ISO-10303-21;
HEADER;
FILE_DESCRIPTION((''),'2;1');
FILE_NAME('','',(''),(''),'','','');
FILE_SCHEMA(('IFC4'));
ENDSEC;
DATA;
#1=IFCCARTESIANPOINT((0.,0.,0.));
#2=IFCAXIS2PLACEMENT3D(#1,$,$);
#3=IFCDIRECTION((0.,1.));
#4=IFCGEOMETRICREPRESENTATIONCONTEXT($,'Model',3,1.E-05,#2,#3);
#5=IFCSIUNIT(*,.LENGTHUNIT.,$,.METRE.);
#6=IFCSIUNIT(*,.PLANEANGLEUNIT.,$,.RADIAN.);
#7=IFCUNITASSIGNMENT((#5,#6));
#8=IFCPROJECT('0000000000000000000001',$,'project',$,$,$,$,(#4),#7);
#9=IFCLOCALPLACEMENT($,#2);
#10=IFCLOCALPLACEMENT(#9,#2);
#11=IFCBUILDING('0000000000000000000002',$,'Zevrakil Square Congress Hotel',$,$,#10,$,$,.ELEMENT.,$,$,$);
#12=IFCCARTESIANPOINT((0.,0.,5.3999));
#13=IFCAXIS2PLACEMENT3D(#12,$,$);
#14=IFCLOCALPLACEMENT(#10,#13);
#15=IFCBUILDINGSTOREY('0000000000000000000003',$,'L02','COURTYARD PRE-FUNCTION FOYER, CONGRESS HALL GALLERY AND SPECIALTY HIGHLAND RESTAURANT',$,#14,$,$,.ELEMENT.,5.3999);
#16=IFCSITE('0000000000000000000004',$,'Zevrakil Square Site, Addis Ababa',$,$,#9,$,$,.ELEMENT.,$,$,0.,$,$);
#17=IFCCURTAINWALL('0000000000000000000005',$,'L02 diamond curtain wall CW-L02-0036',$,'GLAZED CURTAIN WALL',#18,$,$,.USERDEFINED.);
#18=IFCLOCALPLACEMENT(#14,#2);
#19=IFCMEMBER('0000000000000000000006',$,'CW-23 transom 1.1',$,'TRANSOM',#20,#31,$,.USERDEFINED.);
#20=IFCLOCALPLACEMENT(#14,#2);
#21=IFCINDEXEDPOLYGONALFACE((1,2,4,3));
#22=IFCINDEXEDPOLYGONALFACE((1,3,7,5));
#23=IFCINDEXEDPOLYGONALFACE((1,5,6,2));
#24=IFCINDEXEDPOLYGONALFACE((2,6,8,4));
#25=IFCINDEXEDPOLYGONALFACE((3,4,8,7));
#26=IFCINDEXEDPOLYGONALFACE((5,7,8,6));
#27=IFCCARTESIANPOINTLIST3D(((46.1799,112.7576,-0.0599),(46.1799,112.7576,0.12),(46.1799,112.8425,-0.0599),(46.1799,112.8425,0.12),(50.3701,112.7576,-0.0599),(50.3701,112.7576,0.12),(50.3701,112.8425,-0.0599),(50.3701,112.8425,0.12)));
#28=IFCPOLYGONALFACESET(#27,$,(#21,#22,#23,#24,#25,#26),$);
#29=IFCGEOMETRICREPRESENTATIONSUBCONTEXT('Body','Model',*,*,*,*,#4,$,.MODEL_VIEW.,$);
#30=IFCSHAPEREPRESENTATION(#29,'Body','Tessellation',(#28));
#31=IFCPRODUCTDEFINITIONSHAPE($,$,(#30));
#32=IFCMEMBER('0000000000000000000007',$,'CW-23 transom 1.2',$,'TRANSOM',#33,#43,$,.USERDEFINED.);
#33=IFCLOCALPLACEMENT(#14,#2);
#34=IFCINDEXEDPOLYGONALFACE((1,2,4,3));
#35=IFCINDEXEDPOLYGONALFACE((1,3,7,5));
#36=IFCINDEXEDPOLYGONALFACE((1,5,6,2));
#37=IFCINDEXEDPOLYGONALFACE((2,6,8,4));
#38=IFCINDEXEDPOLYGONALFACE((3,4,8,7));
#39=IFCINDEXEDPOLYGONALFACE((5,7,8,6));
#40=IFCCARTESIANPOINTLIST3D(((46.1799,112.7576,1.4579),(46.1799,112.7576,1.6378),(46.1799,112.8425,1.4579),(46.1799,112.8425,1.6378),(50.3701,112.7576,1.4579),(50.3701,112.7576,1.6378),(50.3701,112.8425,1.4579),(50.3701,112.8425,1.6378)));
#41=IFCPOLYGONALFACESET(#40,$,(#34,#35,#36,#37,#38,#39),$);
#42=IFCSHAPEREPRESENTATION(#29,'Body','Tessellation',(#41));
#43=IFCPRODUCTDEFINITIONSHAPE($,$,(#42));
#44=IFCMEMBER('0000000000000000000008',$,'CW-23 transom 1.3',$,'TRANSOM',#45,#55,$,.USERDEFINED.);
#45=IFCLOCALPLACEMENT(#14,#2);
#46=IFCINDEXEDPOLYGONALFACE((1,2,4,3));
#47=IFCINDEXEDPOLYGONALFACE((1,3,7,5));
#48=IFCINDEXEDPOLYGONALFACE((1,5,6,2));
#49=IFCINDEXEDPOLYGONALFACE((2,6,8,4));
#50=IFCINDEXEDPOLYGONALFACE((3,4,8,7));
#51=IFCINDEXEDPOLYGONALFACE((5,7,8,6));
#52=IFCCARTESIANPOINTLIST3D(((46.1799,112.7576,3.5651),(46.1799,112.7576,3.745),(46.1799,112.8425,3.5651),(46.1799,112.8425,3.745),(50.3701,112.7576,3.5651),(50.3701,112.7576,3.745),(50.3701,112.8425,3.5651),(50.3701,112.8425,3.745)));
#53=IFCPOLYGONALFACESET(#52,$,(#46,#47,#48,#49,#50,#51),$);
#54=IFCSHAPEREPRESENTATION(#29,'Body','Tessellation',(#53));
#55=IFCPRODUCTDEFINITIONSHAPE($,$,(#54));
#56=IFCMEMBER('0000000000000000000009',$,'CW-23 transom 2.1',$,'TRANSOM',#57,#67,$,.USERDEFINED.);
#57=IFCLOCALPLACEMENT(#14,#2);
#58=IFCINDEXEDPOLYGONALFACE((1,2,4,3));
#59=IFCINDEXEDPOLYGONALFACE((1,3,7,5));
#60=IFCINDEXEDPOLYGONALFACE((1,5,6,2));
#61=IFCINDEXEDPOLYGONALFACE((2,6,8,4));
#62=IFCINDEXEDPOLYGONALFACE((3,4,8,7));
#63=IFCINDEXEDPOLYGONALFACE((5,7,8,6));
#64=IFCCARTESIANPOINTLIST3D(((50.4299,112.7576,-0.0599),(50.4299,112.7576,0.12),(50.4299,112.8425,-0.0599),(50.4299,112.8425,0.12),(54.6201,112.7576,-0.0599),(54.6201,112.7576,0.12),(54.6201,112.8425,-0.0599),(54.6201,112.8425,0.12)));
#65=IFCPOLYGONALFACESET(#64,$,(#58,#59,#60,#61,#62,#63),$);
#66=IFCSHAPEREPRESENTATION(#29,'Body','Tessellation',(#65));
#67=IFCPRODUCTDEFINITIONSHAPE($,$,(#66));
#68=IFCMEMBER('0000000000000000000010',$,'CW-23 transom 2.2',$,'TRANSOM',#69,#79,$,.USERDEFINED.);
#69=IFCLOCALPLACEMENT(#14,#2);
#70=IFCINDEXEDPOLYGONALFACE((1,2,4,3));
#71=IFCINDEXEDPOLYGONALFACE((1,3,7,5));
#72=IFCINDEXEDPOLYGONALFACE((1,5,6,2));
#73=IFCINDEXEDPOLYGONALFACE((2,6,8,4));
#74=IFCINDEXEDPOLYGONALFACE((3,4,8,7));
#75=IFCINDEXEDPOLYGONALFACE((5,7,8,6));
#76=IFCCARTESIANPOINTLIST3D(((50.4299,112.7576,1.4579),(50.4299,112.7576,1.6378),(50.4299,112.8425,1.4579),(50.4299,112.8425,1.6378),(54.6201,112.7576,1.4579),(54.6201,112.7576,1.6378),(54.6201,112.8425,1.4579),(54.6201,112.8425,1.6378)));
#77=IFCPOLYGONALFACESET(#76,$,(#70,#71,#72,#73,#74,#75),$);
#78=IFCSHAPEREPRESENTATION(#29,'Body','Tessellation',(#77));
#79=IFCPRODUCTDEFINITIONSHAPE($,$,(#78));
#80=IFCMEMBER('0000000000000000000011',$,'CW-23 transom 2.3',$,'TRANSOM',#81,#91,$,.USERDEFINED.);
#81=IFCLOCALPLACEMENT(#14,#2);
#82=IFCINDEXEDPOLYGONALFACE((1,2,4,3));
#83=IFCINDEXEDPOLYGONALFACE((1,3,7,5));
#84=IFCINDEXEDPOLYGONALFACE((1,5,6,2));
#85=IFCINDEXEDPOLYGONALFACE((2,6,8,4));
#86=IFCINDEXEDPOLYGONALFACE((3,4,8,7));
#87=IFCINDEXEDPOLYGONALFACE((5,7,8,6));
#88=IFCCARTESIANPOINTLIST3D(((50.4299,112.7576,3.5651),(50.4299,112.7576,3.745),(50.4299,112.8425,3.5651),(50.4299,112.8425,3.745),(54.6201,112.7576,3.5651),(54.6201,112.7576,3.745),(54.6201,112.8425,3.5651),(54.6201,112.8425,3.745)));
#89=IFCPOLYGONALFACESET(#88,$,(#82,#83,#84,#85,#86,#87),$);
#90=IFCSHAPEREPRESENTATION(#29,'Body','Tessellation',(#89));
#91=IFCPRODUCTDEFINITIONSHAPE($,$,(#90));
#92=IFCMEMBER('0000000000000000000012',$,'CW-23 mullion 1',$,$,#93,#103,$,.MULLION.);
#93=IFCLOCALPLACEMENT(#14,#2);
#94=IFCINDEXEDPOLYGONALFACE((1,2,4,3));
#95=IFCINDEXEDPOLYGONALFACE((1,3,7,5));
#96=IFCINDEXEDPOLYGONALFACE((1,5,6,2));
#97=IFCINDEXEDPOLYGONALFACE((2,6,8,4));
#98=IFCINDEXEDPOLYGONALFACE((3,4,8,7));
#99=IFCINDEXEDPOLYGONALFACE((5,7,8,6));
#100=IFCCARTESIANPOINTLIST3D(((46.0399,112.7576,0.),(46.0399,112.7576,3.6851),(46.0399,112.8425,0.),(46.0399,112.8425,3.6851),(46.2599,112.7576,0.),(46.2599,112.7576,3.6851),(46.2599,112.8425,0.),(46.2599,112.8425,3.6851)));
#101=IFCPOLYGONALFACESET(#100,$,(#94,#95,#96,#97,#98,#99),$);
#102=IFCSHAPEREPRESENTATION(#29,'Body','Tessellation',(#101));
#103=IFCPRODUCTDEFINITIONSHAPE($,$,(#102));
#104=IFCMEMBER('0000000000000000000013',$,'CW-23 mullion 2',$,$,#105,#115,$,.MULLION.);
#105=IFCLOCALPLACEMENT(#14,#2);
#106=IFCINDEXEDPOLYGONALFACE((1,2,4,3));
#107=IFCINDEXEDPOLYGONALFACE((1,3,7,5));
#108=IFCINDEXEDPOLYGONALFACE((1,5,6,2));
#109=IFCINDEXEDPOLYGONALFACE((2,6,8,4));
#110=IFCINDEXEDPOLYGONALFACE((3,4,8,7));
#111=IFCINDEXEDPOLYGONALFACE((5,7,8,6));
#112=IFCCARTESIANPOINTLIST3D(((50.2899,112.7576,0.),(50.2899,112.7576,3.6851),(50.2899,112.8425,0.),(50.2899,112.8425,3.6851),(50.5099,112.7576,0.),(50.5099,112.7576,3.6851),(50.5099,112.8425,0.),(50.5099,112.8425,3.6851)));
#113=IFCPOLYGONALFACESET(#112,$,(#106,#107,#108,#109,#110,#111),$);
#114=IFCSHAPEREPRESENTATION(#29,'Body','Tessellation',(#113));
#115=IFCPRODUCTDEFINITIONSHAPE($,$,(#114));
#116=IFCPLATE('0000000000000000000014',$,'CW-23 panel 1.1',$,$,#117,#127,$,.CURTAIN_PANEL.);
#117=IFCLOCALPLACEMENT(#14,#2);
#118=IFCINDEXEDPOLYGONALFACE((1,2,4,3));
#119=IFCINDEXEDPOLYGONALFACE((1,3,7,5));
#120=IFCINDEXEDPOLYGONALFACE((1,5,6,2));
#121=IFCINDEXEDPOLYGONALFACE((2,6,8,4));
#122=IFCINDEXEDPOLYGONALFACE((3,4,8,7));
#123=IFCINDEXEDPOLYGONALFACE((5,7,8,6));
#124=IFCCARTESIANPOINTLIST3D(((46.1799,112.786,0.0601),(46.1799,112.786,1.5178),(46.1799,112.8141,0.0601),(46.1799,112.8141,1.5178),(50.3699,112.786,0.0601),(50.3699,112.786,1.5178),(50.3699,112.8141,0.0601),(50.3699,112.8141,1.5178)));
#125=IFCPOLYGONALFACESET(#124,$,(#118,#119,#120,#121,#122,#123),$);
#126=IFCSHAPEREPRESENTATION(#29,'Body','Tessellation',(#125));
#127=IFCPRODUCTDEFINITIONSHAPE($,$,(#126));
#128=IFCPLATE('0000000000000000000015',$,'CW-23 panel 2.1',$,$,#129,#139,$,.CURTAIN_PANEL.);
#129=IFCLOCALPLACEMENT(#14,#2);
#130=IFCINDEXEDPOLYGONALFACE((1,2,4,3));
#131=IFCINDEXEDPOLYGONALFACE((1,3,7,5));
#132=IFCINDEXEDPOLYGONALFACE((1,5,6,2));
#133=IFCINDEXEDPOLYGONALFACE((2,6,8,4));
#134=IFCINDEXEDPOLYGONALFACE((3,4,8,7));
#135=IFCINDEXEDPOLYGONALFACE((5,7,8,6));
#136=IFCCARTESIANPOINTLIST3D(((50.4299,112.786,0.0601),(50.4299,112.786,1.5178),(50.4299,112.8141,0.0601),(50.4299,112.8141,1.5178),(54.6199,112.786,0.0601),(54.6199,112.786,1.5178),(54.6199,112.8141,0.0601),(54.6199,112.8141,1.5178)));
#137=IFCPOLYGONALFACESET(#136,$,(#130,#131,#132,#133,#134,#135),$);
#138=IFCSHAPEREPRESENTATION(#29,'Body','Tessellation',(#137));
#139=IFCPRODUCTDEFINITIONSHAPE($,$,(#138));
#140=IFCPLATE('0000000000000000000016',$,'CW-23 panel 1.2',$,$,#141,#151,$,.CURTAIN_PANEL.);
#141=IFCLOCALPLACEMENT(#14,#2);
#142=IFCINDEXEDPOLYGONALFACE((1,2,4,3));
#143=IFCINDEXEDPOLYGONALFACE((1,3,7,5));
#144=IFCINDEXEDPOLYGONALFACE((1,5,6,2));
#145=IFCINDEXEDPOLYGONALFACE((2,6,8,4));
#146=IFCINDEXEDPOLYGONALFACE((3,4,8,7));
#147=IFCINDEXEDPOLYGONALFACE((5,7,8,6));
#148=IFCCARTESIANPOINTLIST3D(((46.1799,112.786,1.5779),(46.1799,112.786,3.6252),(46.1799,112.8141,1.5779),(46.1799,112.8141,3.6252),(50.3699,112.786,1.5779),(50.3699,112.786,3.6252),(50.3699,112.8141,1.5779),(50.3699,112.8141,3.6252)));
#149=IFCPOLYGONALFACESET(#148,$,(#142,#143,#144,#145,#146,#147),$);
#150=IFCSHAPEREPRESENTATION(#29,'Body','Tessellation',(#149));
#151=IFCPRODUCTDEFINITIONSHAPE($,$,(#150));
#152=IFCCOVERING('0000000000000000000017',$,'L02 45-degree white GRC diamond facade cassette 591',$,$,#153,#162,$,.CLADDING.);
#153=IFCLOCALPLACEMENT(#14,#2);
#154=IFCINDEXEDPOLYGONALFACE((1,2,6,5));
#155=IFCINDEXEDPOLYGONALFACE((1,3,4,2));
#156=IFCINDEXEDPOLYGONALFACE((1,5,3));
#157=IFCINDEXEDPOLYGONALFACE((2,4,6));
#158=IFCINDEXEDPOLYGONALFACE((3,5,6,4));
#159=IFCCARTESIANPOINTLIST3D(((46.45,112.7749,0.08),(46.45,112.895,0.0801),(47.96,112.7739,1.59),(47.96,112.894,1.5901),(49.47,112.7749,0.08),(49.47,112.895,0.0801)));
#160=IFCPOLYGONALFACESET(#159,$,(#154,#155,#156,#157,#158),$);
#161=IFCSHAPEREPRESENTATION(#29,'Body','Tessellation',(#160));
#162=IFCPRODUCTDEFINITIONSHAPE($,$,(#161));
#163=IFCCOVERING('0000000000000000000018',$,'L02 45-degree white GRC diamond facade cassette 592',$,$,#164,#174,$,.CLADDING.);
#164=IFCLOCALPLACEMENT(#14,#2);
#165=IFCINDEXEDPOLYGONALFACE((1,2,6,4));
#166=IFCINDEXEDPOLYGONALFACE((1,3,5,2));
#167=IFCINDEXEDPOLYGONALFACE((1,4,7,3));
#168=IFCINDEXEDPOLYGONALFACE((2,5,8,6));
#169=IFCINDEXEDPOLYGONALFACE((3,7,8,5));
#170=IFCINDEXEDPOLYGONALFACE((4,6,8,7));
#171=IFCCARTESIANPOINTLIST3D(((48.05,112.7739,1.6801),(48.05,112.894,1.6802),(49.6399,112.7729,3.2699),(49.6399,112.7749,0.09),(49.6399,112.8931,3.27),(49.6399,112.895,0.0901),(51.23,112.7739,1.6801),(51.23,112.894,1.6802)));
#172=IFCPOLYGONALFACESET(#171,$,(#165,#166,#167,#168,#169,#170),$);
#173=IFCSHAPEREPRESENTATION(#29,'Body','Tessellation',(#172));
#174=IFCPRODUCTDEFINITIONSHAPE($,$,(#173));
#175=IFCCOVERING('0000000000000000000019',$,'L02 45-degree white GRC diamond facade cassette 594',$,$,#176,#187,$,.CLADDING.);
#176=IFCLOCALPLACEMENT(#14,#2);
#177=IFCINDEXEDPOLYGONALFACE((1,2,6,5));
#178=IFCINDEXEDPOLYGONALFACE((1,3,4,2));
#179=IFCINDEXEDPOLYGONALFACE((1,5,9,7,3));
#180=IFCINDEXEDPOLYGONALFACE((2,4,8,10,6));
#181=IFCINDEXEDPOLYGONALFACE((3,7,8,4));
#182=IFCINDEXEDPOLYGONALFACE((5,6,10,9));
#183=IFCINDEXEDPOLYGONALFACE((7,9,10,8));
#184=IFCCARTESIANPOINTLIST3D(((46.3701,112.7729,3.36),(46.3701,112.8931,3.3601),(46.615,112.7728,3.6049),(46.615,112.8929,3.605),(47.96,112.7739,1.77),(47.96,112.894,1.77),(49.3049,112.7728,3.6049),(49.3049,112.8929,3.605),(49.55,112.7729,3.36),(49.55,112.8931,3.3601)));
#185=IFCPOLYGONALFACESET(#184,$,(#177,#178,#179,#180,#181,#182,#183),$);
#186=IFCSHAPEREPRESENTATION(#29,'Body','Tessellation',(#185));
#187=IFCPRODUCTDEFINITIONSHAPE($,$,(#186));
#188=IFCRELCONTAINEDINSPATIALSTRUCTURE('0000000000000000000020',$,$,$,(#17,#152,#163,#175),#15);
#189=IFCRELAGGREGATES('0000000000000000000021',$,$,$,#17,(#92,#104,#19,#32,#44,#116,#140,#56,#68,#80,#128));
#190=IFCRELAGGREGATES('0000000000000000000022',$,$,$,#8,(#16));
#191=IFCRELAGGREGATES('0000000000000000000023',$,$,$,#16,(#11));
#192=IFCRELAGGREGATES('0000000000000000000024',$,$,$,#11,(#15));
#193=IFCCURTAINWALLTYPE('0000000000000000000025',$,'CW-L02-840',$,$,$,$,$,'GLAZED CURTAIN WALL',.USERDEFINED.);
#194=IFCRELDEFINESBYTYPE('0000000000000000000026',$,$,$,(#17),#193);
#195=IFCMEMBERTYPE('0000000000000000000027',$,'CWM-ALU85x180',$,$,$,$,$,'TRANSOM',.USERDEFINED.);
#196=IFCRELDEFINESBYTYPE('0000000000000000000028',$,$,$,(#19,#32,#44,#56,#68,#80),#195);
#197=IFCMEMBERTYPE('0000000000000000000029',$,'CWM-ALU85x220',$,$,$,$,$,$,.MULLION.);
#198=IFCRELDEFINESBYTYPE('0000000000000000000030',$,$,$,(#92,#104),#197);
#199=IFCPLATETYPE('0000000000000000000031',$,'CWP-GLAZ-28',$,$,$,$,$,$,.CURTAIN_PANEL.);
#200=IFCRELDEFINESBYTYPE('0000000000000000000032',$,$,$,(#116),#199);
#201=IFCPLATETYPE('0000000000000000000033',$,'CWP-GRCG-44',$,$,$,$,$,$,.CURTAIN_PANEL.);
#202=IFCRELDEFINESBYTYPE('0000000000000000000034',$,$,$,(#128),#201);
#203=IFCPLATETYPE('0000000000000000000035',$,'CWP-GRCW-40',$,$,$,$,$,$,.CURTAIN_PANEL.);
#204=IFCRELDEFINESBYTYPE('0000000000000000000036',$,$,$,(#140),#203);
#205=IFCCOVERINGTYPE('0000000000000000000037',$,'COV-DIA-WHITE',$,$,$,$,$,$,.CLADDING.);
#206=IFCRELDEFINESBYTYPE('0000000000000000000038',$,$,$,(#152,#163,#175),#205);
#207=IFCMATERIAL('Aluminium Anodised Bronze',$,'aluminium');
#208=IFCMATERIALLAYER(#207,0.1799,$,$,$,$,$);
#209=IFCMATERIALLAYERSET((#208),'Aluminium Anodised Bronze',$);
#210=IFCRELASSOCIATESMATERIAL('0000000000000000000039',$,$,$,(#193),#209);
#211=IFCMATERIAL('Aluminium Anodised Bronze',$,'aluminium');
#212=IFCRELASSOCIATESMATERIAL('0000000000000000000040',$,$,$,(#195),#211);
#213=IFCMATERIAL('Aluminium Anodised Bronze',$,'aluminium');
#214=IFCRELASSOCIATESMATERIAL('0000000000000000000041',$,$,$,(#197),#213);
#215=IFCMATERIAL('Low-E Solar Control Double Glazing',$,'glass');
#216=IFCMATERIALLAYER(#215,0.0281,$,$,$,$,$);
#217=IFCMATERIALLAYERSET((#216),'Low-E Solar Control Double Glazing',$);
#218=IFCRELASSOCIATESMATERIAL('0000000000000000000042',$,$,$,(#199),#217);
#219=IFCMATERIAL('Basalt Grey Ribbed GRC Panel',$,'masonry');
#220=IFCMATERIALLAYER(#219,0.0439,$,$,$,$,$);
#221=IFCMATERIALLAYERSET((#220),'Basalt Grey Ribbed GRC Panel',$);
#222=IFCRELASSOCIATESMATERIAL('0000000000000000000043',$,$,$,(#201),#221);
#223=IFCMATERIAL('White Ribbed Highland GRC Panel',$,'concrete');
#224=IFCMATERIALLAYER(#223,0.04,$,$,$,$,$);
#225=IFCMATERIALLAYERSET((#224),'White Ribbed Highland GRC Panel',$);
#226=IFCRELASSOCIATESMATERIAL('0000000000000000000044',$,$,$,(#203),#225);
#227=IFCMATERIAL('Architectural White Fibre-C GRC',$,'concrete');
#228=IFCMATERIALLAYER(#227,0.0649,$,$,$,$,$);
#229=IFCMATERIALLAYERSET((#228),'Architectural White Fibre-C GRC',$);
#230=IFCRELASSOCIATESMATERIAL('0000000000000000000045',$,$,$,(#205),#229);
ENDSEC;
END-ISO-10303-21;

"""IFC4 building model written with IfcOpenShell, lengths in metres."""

from ifc_helpers import new_model, si_unit, direction, frame, origin, origin_2d, place, context, subcontext, project, spatial, polyline, rectangle, outline, extrude, material, layer, layer_set, material_profile, profile_set, type_object, element, aggregate, save


model = new_model("IFC4")

# Units and contexts
model_context = context("Model", 3, precision=1e-05, world=origin(), true_north=direction((0.0, 1.0)))
body_context = subcontext(model_context, "Body", "Model", "MODEL_VIEW")
ifc_project = project(units=[si_unit("LENGTHUNIT", "METRE"), si_unit("PLANEANGLEUNIT", "RADIAN")], contexts=[model_context])

# Site, building, storey
site_placement = place(None, origin())
site = spatial("IfcSite", under=ifc_project, at=site_placement, Name="Zevrakil Square Site, Addis Ababa", CompositionType="ELEMENT", RefElevation=0.0)
building_placement = place(site_placement, origin())
building = spatial("IfcBuilding", under=site, at=building_placement, Name="Zevrakil Square Congress Hotel", CompositionType="ELEMENT")
storey_placement = place(building_placement, frame((0.0, 0.0, 5.3999)))
storey = spatial("IfcBuildingStorey", under=building, at=storey_placement, Name="L02", Description="COURTYARD PRE-FUNCTION FOYER, CONGRESS HALL GALLERY AND SPECIALTY HIGHLAND RESTAURANT", CompositionType="ELEMENT", Elevation=5.3999)

# Curtain wall, members, plates
ifc_material_1 = material(Name="Aluminium Anodised Bronze", Category="aluminium")
ifc_layer_1 = layer(ifc_material_1, 0.1799)
ifc_layer_set_1 = layer_set([ifc_layer_1], Name="Aluminium Anodised Bronze")
curtain_wall_type = type_object("IfcCurtainWallType", Name="CW-L02-840", ElementType="GLAZED CURTAIN WALL", PredefinedType="USERDEFINED", material=ifc_layer_set_1)
curtain_wall_placement = place(storey_placement, origin())
curtain_wall = element("IfcCurtainWall", 1, at=curtain_wall_placement, inside=storey, type_object=curtain_wall_type, Name="L02 diamond curtain wall CW-L02-0036", ObjectType="GLAZED CURTAIN WALL", PredefinedType="USERDEFINED")
ifc_material_2 = material(Name="Aluminium Anodised Bronze", Category="aluminium")
ifc_material_profile_1 = material_profile(ifc_material_2, rectangle(XDim=0.085, YDim=0.1799, at=origin_2d()), Name="ALU 85x180")
ifc_profile_set_1 = profile_set([ifc_material_profile_1], Name="Aluminium Anodised Bronze")
member_type_1 = type_object("IfcMemberType", Name="CWM-ALU85x180", ElementType="TRANSOM", PredefinedType="USERDEFINED", material=ifc_profile_set_1)
member_1_placement = place(storey_placement, frame((46.1799, 112.8, 0.03), z_axis=(1.0, 0.0, 0.0), x_axis=(0.0, 1.0, 0.0)))
member_1 = element("IfcMember", 2, at=member_1_placement, type_object=member_type_1, Name="CW-23 transom 1.1", ObjectType="TRANSOM", PredefinedType="USERDEFINED", context=body_context, shape_type="SweptSolid", body=[
    extrude(rectangle(XDim=0.085, YDim=0.1799, at=origin_2d()), origin(), (0.0, 0.0, 1.0), 4.1902),
])
member_2_placement = place(storey_placement, frame((46.1799, 112.8, 1.5479), z_axis=(1.0, 0.0, 0.0), x_axis=(0.0, 1.0, 0.0)))
member_2 = element("IfcMember", 3, at=member_2_placement, type_object=member_type_1, Name="CW-23 transom 1.2", ObjectType="TRANSOM", PredefinedType="USERDEFINED", context=body_context, shape_type="SweptSolid", body=[
    extrude(rectangle(XDim=0.085, YDim=0.1799, at=origin_2d()), origin(), (0.0, 0.0, 1.0), 4.1902),
])
member_3_placement = place(storey_placement, frame((46.1799, 112.8, 3.655), z_axis=(1.0, 0.0, 0.0), x_axis=(0.0, 1.0, 0.0)))
member_3 = element("IfcMember", 4, at=member_3_placement, type_object=member_type_1, Name="CW-23 transom 1.3", ObjectType="TRANSOM", PredefinedType="USERDEFINED", context=body_context, shape_type="SweptSolid", body=[
    extrude(rectangle(XDim=0.085, YDim=0.1799, at=origin_2d()), origin(), (0.0, 0.0, 1.0), 4.1902),
])
member_4_placement = place(storey_placement, frame((50.4299, 112.8, 0.03), z_axis=(1.0, 0.0, 0.0), x_axis=(0.0, 1.0, 0.0)))
member_4 = element("IfcMember", 5, at=member_4_placement, type_object=member_type_1, Name="CW-23 transom 2.1", ObjectType="TRANSOM", PredefinedType="USERDEFINED", context=body_context, shape_type="SweptSolid", body=[
    extrude(rectangle(XDim=0.085, YDim=0.1799, at=origin_2d()), origin(), (0.0, 0.0, 1.0), 4.1902),
])
member_5_placement = place(storey_placement, frame((50.4299, 112.8, 1.5479), z_axis=(1.0, 0.0, 0.0), x_axis=(0.0, 1.0, 0.0)))
member_5 = element("IfcMember", 6, at=member_5_placement, type_object=member_type_1, Name="CW-23 transom 2.2", ObjectType="TRANSOM", PredefinedType="USERDEFINED", context=body_context, shape_type="SweptSolid", body=[
    extrude(rectangle(XDim=0.085, YDim=0.1799, at=origin_2d()), origin(), (0.0, 0.0, 1.0), 4.1902),
])
member_6_placement = place(storey_placement, frame((50.4299, 112.8, 3.655), z_axis=(1.0, 0.0, 0.0), x_axis=(0.0, 1.0, 0.0)))
member_6 = element("IfcMember", 7, at=member_6_placement, type_object=member_type_1, Name="CW-23 transom 2.3", ObjectType="TRANSOM", PredefinedType="USERDEFINED", context=body_context, shape_type="SweptSolid", body=[
    extrude(rectangle(XDim=0.085, YDim=0.1799, at=origin_2d()), origin(), (0.0, 0.0, 1.0), 4.1902),
])
ifc_material_3 = material(Name="Aluminium Anodised Bronze", Category="aluminium")
ifc_material_profile_2 = material_profile(ifc_material_3, rectangle(XDim=0.085, YDim=0.22, at=origin_2d()), Name="ALU 85x220")
ifc_profile_set_2 = profile_set([ifc_material_profile_2], Name="Aluminium Anodised Bronze")
member_type_2 = type_object("IfcMemberType", Name="CWM-ALU85x220", PredefinedType="MULLION", material=ifc_profile_set_2)
member_7_placement = place(storey_placement, frame((46.1499, 112.8, 0.0), z_axis=(0.0, 0.0, 1.0), x_axis=(0.0, 1.0, 0.0)))
member_7 = element("IfcMember", 8, at=member_7_placement, type_object=member_type_2, Name="CW-23 mullion 1", PredefinedType="MULLION", context=body_context, shape_type="SweptSolid", body=[
    extrude(rectangle(XDim=0.085, YDim=0.22, at=origin_2d()), origin(), (0.0, 0.0, 1.0), 3.6851),
])
member_8_placement = place(storey_placement, frame((50.3999, 112.8, 0.0), z_axis=(0.0, 0.0, 1.0), x_axis=(0.0, 1.0, 0.0)))
member_8 = element("IfcMember", 9, at=member_8_placement, type_object=member_type_2, Name="CW-23 mullion 2", PredefinedType="MULLION", context=body_context, shape_type="SweptSolid", body=[
    extrude(rectangle(XDim=0.085, YDim=0.22, at=origin_2d()), origin(), (0.0, 0.0, 1.0), 3.6851),
])
ifc_material_4 = material(Name="Low-E Solar Control Double Glazing", Category="glass")
ifc_layer_2 = layer(ifc_material_4, 0.0281)
ifc_layer_set_2 = layer_set([ifc_layer_2], Name="Low-E Solar Control Double Glazing")
plate_type_1 = type_object("IfcPlateType", Name="CWP-GLAZ-28", PredefinedType="CURTAIN_PANEL", material=ifc_layer_set_2)
plate_1_placement = place(storey_placement, frame((48.2749, 112.8, 0.0601), z_axis=(0.0, 0.0, 1.0), x_axis=(1.0, 0.0, 0.0)))
plate_1 = element("IfcPlate", 10, at=plate_1_placement, type_object=plate_type_1, Name="CW-23 panel 1.1", PredefinedType="CURTAIN_PANEL", context=body_context, shape_type="SweptSolid", body=[
    extrude(rectangle(XDim=4.1899, YDim=0.0281, at=origin_2d()), origin(), (0.0, 0.0, 1.0), 1.4578),
])
ifc_material_5 = material(Name="Basalt Grey Ribbed GRC Panel", Category="masonry")
ifc_layer_3 = layer(ifc_material_5, 0.0439)
ifc_layer_set_3 = layer_set([ifc_layer_3], Name="Basalt Grey Ribbed GRC Panel")
plate_type_2 = type_object("IfcPlateType", Name="CWP-GRCG-44", PredefinedType="CURTAIN_PANEL", material=ifc_layer_set_3)
plate_2_placement = place(storey_placement, frame((52.5249, 112.8, 0.0601), z_axis=(0.0, 0.0, 1.0), x_axis=(1.0, 0.0, 0.0)))
plate_2 = element("IfcPlate", 11, at=plate_2_placement, type_object=plate_type_2, Name="CW-23 panel 2.1", PredefinedType="CURTAIN_PANEL", context=body_context, shape_type="SweptSolid", body=[
    extrude(rectangle(XDim=4.1899, YDim=0.0281, at=origin_2d()), origin(), (0.0, 0.0, 1.0), 1.4578),
])
ifc_material_6 = material(Name="White Ribbed Highland GRC Panel", Category="concrete")
ifc_layer_4 = layer(ifc_material_6, 0.04)
ifc_layer_set_4 = layer_set([ifc_layer_4], Name="White Ribbed Highland GRC Panel")
plate_type_3 = type_object("IfcPlateType", Name="CWP-GRCW-40", PredefinedType="CURTAIN_PANEL", material=ifc_layer_set_4)
plate_3_placement = place(storey_placement, frame((48.2749, 112.8, 1.5779), z_axis=(0.0, 0.0, 1.0), x_axis=(1.0, 0.0, 0.0)))
plate_3 = element("IfcPlate", 12, at=plate_3_placement, type_object=plate_type_3, Name="CW-23 panel 1.2", PredefinedType="CURTAIN_PANEL", context=body_context, shape_type="SweptSolid", body=[
    extrude(rectangle(XDim=4.1899, YDim=0.0281, at=origin_2d()), origin(), (0.0, 0.0, 1.0), 2.0474),
])
aggregate(curtain_wall, [member_7, member_8, member_1, member_2, member_3, plate_1, plate_3, member_4, member_5, member_6, plate_2])

# Coverings
ifc_material_7 = material(Name="Architectural White Fibre-C GRC", Category="concrete")
ifc_layer_5 = layer(ifc_material_7, 0.0649)
ifc_layer_set_5 = layer_set([ifc_layer_5], Name="Architectural White Fibre-C GRC")
covering_type_1 = type_object("IfcCoveringType", Name="COV-DIA-WHITE", PredefinedType="CLADDING", material=ifc_layer_set_5)
covering_1_placement = place(storey_placement, frame((47.96, 112.894, 1.5901), z_axis=(0.0, 1.0, 0.000647), x_axis=(-0.707107, 0.000457, -0.707107)))
element("IfcCovering", 13, at=covering_1_placement, inside=storey, type_object=covering_type_1, Name="L02 45-degree white GRC diamond facade cassette 591", PredefinedType="CLADDING", context=body_context, shape_type="SweptSolid", body=[
    extrude(outline(polyline([(0.0, 0.0), (2.1355, 0.0), (0.0, -2.1355), (0.0, 0.0)])), origin(), (0.0, 0.0, -1.0), 0.1201),
])
covering_2_placement = place(storey_placement, frame((49.6399, 112.8931, 3.27), z_axis=(0.0, 1.0, 0.000614), x_axis=(-0.707107, 0.000434, -0.707107)))
element("IfcCovering", 14, at=covering_2_placement, inside=storey, type_object=covering_type_1, Name="L02 45-degree white GRC diamond facade cassette 592", PredefinedType="CLADDING", context=body_context, shape_type="SweptSolid", body=[
    extrude(outline(polyline([(0.0, 0.0), (2.2484, 0.0), (2.2486, -2.2486), (-0.0002, -2.2486), (0.0, 0.0)])), origin(), (0.0, 0.0, -1.0), 0.1201),
])
covering_3_placement = place(storey_placement, frame((46.3701, 112.8931, 3.3601), z_axis=(0.0, 1.0, 0.000579), x_axis=(0.707052, 0.00041, -0.707161)))
element("IfcCovering", 15, at=covering_3_placement, inside=storey, type_object=covering_type_1, Name="L02 45-degree white GRC diamond facade cassette 594", PredefinedType="CLADDING", context=body_context, shape_type="SweptSolid", body=[
    extrude(outline(polyline([(0.0, 0.0), (2.2486, 0.0), (2.2484, -2.2487), (1.9019, -2.2485), (0.0, -0.3463), (0.0, 0.0)])), origin(), (0.0, 0.0, -1.0), 0.1201),
])

save(model, "model.ifc")
